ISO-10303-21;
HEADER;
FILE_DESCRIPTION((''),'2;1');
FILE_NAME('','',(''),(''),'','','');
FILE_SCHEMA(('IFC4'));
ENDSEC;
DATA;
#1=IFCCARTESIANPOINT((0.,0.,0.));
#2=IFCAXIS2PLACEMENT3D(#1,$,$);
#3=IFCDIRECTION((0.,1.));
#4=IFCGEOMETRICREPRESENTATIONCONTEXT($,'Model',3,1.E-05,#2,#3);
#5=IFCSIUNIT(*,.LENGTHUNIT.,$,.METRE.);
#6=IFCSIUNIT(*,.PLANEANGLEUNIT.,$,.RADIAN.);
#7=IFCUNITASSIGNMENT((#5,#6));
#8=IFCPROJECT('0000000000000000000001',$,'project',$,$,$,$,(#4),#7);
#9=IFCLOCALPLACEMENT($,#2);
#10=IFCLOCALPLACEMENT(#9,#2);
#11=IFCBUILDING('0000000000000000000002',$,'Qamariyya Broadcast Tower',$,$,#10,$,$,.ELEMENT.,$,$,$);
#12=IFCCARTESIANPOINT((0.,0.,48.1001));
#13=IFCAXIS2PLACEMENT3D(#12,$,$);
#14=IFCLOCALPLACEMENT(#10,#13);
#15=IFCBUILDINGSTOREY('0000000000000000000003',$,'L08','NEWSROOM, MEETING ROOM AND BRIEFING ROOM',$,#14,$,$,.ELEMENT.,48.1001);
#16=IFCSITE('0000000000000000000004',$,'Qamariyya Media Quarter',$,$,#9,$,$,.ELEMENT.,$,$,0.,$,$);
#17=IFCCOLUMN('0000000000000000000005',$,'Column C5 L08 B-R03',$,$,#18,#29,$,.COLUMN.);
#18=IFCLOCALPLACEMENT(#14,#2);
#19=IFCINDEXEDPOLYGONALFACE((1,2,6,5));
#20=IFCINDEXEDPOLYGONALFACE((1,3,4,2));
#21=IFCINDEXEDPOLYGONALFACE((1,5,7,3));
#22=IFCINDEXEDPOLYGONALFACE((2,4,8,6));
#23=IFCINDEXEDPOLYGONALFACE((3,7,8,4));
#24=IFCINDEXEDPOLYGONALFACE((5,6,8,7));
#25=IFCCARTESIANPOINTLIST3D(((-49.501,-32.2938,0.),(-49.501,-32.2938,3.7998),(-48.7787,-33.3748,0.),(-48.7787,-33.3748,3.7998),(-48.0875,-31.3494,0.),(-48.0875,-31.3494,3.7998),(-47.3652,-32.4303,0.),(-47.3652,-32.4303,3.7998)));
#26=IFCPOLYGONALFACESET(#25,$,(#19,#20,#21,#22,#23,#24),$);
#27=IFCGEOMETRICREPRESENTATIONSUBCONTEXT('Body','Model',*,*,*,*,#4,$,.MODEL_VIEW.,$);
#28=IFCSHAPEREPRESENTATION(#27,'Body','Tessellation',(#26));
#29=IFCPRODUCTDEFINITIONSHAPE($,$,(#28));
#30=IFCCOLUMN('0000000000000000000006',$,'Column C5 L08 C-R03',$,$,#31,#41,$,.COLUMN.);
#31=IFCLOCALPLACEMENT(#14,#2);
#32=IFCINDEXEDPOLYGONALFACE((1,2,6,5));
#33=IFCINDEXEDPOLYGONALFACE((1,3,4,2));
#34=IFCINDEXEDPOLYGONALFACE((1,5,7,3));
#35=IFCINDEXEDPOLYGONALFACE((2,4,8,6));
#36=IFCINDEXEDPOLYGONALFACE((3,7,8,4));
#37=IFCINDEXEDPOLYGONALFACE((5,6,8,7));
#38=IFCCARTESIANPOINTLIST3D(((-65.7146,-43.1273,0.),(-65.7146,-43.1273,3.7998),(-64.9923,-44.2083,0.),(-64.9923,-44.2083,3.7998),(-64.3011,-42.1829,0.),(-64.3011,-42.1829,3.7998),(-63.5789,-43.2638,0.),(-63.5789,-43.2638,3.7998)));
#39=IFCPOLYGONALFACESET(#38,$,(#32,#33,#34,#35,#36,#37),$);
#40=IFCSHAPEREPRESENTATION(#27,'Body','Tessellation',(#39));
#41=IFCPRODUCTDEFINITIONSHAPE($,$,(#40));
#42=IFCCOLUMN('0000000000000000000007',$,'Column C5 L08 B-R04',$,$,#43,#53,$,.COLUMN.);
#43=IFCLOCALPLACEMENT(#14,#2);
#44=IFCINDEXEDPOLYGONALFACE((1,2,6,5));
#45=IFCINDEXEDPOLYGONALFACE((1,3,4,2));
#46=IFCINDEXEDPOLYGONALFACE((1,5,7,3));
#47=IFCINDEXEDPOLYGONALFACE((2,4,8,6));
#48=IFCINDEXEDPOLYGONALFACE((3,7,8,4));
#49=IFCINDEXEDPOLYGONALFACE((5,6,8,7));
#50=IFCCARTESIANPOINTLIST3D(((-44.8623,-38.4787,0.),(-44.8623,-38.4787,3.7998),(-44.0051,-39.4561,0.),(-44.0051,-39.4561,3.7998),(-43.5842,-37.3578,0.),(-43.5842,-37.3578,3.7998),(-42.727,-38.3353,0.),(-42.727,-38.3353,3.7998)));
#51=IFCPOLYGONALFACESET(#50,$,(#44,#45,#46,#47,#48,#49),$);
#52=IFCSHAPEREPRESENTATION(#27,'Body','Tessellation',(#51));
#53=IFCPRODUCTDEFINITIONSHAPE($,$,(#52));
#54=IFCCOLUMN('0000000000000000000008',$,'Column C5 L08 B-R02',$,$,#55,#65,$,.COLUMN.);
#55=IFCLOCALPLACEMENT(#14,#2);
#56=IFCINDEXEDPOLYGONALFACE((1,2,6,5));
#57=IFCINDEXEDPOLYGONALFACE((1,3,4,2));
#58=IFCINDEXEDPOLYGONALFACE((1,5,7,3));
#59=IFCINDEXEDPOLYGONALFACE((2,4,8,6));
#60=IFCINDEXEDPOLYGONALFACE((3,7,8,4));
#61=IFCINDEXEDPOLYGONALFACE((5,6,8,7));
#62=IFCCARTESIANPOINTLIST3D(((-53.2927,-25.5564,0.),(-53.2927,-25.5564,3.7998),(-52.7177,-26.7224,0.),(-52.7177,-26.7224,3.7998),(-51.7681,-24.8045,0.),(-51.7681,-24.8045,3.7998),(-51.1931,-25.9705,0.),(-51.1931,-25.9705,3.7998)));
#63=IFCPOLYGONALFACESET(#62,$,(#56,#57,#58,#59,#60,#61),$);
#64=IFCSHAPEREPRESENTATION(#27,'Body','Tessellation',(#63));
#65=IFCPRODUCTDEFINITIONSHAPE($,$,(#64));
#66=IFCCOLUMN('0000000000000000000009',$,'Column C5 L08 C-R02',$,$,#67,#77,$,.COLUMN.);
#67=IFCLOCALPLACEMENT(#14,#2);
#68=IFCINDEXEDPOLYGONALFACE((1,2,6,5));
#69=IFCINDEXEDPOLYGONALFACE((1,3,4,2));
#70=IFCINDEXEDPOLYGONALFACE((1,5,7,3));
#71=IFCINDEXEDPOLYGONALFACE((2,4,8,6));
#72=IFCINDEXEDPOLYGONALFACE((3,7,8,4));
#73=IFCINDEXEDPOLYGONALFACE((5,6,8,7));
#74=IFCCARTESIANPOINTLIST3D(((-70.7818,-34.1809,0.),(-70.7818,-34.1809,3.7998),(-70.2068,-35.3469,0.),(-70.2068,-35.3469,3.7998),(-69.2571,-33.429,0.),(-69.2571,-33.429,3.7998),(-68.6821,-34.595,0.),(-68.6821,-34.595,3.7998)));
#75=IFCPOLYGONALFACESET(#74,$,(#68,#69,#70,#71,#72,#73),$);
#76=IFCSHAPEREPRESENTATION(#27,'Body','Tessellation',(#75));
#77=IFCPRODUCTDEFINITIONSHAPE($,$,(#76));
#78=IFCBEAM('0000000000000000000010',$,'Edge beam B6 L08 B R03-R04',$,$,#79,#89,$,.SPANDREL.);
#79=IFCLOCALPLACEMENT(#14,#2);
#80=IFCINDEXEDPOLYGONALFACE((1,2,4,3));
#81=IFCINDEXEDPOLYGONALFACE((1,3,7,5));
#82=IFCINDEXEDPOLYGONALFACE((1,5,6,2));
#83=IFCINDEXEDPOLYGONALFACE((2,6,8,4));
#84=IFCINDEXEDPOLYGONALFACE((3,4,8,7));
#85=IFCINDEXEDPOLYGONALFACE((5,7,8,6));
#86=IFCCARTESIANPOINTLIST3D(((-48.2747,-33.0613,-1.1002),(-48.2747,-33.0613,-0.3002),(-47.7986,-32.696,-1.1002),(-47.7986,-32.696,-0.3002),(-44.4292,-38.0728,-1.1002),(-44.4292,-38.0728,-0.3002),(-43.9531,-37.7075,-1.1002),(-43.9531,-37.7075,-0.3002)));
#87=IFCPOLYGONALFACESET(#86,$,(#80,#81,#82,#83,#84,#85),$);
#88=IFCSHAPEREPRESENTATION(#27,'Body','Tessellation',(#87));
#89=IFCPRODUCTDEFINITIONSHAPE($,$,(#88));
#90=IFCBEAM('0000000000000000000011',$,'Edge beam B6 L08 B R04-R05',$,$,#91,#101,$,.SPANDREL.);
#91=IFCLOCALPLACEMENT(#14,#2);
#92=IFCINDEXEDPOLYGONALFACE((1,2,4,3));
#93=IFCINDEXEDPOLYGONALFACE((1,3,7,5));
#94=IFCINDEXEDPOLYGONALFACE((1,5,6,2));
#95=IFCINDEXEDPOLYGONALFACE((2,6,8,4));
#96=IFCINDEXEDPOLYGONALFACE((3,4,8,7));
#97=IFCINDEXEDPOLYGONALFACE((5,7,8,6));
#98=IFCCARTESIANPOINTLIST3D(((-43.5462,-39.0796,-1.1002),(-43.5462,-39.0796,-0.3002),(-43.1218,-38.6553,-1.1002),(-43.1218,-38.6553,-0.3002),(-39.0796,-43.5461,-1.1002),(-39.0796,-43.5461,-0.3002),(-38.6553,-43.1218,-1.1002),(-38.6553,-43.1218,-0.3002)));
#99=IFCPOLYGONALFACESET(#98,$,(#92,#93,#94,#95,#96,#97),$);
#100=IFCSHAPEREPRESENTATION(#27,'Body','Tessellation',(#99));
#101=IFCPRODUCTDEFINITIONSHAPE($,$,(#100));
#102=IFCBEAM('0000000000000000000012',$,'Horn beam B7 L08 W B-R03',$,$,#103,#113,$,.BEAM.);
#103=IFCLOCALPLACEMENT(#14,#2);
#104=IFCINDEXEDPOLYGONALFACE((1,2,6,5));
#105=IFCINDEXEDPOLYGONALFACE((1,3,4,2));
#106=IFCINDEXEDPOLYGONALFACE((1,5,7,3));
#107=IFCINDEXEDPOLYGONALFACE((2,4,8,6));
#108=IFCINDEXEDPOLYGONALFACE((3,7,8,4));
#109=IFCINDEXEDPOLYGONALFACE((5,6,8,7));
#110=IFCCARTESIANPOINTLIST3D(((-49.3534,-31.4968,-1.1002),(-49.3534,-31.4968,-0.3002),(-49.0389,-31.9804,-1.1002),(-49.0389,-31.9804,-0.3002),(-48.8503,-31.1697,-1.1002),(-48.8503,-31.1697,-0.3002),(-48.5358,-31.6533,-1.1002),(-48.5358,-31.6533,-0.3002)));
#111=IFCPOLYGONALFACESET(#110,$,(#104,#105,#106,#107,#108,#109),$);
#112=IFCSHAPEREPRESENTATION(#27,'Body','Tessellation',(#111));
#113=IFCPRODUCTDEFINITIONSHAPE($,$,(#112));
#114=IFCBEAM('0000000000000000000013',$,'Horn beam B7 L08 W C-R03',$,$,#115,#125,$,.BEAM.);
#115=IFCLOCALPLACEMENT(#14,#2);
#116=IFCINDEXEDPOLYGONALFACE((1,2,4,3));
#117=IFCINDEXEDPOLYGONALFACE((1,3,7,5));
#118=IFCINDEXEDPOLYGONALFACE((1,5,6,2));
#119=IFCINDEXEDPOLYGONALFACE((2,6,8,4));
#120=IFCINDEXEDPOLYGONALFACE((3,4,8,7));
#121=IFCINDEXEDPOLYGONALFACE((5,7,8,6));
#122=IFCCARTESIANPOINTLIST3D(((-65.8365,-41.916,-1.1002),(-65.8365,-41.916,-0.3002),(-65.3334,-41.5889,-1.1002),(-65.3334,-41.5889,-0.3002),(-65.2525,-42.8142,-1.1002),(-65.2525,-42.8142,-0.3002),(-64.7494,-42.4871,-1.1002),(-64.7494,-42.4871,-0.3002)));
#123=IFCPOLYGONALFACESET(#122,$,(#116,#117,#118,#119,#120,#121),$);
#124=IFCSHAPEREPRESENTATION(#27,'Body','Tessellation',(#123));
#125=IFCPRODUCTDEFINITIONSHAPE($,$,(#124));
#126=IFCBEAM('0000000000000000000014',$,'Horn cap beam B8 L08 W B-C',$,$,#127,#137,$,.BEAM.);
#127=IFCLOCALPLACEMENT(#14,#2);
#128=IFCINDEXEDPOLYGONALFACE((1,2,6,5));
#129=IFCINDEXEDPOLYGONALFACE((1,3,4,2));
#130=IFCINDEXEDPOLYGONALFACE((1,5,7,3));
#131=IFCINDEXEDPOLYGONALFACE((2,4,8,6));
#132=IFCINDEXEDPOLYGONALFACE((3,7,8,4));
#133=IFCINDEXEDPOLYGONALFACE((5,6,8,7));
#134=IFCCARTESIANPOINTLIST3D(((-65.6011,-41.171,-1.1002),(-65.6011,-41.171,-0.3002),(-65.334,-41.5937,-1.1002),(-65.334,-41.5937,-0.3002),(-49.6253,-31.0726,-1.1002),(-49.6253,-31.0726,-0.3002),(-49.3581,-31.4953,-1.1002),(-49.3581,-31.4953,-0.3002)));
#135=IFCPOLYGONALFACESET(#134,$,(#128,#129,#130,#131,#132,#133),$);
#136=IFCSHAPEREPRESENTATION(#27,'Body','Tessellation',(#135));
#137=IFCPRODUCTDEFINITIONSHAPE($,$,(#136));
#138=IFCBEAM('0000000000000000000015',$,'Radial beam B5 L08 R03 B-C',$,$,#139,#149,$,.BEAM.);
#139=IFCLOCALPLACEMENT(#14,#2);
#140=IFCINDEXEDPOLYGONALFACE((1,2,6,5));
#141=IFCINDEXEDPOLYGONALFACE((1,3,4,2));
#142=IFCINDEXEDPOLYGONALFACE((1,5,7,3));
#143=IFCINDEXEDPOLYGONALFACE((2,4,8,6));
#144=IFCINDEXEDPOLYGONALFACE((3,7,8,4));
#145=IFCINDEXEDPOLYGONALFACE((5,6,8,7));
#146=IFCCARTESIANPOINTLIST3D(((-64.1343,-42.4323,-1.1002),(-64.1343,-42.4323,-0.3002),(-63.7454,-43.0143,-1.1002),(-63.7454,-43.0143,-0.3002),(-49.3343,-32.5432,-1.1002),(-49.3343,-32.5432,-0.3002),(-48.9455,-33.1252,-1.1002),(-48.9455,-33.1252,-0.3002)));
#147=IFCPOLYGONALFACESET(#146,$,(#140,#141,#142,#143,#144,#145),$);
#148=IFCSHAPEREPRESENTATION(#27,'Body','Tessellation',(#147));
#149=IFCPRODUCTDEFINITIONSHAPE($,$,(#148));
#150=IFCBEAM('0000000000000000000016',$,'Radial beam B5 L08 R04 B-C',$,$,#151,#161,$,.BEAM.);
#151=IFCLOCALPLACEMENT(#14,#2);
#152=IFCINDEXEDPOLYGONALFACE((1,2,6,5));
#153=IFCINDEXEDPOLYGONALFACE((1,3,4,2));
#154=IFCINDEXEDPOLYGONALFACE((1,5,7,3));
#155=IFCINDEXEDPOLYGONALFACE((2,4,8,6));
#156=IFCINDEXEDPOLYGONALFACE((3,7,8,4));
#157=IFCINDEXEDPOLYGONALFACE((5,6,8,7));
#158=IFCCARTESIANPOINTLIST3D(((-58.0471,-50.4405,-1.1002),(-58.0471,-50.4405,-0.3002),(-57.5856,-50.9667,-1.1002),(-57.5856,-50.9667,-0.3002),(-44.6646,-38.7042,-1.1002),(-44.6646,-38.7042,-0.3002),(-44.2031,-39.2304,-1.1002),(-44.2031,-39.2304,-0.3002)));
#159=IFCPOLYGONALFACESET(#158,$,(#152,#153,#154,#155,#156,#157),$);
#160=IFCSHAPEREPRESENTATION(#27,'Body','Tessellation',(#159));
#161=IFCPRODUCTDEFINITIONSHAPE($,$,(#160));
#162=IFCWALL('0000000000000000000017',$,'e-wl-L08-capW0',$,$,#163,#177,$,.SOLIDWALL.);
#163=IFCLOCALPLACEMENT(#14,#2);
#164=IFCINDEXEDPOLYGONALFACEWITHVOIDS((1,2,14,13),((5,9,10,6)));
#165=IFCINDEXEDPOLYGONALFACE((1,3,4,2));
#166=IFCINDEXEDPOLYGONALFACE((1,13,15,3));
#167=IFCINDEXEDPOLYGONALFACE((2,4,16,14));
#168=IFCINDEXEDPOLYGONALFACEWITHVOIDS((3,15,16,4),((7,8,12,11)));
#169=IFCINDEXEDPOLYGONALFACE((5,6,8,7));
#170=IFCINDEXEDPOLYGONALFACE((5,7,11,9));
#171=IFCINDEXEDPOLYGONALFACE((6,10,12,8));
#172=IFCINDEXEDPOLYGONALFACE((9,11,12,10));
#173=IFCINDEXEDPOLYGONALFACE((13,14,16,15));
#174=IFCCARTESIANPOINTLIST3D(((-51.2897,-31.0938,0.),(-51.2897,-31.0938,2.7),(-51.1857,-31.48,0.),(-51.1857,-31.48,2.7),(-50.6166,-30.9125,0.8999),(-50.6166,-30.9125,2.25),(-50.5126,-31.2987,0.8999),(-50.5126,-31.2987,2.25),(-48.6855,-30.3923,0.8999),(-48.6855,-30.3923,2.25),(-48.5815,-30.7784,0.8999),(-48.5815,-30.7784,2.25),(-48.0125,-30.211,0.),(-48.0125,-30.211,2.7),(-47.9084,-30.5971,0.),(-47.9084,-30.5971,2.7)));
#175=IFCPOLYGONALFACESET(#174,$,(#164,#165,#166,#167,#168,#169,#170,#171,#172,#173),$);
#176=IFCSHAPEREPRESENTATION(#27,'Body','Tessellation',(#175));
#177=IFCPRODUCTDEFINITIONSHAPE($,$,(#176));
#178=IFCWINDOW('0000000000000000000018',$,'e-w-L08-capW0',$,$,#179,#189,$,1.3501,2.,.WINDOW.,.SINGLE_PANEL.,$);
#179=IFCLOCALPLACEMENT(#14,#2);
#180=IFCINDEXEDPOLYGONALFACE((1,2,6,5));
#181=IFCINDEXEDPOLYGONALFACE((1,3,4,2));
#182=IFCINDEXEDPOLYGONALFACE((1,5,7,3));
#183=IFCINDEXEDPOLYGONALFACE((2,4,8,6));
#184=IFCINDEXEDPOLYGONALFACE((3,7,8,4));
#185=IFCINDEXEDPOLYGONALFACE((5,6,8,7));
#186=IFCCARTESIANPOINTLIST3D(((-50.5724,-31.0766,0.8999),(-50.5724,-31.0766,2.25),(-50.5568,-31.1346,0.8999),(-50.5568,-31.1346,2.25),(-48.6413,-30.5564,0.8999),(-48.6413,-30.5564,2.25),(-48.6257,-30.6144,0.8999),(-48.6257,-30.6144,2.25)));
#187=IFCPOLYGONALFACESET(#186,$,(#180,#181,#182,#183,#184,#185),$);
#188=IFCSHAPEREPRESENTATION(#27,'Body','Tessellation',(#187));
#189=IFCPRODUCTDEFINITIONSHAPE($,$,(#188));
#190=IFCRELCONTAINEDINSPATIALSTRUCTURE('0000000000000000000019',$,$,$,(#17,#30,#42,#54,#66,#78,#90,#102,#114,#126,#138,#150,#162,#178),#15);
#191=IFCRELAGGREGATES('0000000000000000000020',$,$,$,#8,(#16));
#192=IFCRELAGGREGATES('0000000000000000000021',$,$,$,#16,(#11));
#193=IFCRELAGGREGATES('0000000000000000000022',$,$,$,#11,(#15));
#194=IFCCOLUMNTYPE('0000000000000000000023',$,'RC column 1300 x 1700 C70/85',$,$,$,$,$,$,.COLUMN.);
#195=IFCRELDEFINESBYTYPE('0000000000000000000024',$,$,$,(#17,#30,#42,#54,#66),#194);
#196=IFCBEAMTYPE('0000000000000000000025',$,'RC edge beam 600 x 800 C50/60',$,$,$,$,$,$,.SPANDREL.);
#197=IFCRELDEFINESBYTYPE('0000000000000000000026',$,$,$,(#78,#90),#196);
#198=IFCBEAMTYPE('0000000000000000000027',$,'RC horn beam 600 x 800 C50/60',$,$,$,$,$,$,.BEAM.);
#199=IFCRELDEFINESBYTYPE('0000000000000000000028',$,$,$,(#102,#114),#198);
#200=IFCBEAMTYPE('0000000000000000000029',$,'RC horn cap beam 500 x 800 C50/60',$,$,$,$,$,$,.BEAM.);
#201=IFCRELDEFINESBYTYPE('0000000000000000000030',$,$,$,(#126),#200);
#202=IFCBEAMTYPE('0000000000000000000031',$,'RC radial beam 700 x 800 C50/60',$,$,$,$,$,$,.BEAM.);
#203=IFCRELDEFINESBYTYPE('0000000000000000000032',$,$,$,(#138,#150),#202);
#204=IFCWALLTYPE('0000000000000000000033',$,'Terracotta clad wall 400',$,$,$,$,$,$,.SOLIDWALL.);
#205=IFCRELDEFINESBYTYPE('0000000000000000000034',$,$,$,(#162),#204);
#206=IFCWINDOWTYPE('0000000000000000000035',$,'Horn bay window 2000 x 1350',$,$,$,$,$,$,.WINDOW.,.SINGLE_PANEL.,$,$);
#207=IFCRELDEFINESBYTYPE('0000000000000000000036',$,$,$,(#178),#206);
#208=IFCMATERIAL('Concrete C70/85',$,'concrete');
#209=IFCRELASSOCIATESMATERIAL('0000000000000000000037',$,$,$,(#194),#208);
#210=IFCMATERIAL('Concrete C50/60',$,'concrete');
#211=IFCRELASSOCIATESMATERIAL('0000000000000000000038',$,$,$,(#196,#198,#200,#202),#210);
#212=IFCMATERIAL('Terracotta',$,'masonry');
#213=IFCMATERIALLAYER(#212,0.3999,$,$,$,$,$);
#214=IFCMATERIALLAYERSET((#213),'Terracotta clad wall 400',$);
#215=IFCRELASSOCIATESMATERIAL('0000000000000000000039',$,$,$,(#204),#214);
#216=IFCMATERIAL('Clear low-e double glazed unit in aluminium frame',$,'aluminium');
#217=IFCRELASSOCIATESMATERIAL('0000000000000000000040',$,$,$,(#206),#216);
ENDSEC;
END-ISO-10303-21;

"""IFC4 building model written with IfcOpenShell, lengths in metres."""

from ifc_helpers import new_model, si_unit, direction, frame, frame_2d, origin, origin_2d, place, context, subcontext, project, spatial, rectangle, extrude, material, layer, layer_set, material_profile, profile_set, type_object, element, fill, save


model = new_model("IFC4")

# Units and contexts
model_context = context("Model", 3, precision=1e-05, world=origin(), true_north=direction((0.0, 1.0)))
body_context = subcontext(model_context, "Body", "Model", "MODEL_VIEW")
ifc_project = project(units=[si_unit("LENGTHUNIT", "METRE"), si_unit("PLANEANGLEUNIT", "RADIAN")], contexts=[model_context])

# Site, building, storey
site_placement = place(None, origin())
site = spatial("IfcSite", under=ifc_project, at=site_placement, Name="Qamariyya Media Quarter", CompositionType="ELEMENT", RefElevation=0.0)
building_placement = place(site_placement, origin())
building = spatial("IfcBuilding", under=site, at=building_placement, Name="Qamariyya Broadcast Tower", CompositionType="ELEMENT")
storey_placement = place(building_placement, frame((0.0, 0.0, 48.1001)))
storey = spatial("IfcBuildingStorey", under=building, at=storey_placement, Name="L08", Description="NEWSROOM, MEETING ROOM AND BRIEFING ROOM", CompositionType="ELEMENT", Elevation=48.1001)

# Columns
ifc_material_1 = material(Name="Concrete C70/85", Category="concrete")
ifc_material_profile_1 = material_profile(ifc_material_1, rectangle(XDim=1.3, YDim=1.7, at=origin_2d()))
ifc_profile_set_1 = profile_set([ifc_material_profile_1], Name="Concrete C70/85")
column_type = type_object("IfcColumnType", Name="RC column 1300 x 1700 C70/85", PredefinedType="COLUMN", material=ifc_profile_set_1)
for number, where, z_axis, x_axis, name in (
    (1, (-48.4331, -32.3621, 0.0), (0.0, 0.0, 1.0), (0.55557, -0.83147, 0.0), "Column C5 L08 B-R03"),
    (2, (-64.6467, -43.1956, 0.0), (0.0, 0.0, 1.0), (0.55557, -0.83147, 0.0), "Column C5 L08 C-R03"),
    (3, (-43.7947, -38.407, 0.0), (0.0, 0.0, 1.0), (0.659346, -0.75184, 0.0), "Column C5 L08 B-R04"),
    (4, (-52.2429, -25.7634, 0.0), (0.0, 0.0, 1.0), (0.442289, -0.896873, 0.0), "Column C5 L08 B-R02"),
    (5, (-69.7319, -34.3879, 0.0), (0.0, 0.0, 1.0), (0.442289, -0.896873, 0.0), "Column C5 L08 C-R02"),
):
    element("IfcColumn", number, at=place(storey_placement, frame(where, z_axis=z_axis, x_axis=x_axis)), inside=storey, type_object=column_type, Name=name, PredefinedType="COLUMN", context=body_context, shape_type="SweptSolid", body=[
        extrude(rectangle(XDim=1.3, YDim=1.7, at=origin_2d()), origin(), (0.0, 0.0, 1.0), 3.7998),
    ])

# Beams
ifc_material_2 = material(Name="Concrete C50/60", Category="concrete")
ifc_material_profile_2 = material_profile(ifc_material_2, rectangle(XDim=0.6001, YDim=0.8, at=origin_2d()))
ifc_profile_set_2 = profile_set([ifc_material_profile_2], Name="Concrete C50/60")
beam_type_1 = type_object("IfcBeamType", Name="RC edge beam 600 x 800 C50/60", PredefinedType="SPANDREL", material=ifc_profile_set_2)
beam_1_placement = place(storey_placement, frame((-48.0366, -32.8787, -0.7002), z_axis=(0.608763, -0.793352, 0.0), x_axis=(0.793352, 0.608763, 0.0)))
element("IfcBeam", 6, at=beam_1_placement, inside=storey, type_object=beam_type_1, Name="Edge beam B6 L08 B R03-R04", PredefinedType="SPANDREL", context=body_context, shape_type="SweptSolid", body=[
    extrude(rectangle(XDim=0.6001, YDim=0.8, at=origin_2d()), origin(), (0.0, 0.0, 1.0), 6.3169),
])
beam_2_placement = place(storey_placement, frame((-43.334, -38.8674, -0.7002), z_axis=(0.707107, -0.707107, 0.0), x_axis=(0.707107, 0.707107, 0.0)))
element("IfcBeam", 7, at=beam_2_placement, inside=storey, type_object=beam_type_1, Name="Edge beam B6 L08 B R04-R05", PredefinedType="SPANDREL", context=body_context, shape_type="SweptSolid", body=[
    extrude(rectangle(XDim=0.6001, YDim=0.8, at=origin_2d()), origin(), (0.0, 0.0, 1.0), 6.3167),
])
ifc_material_profile_3 = material_profile(ifc_material_2, rectangle(XDim=0.6001, YDim=0.8, at=origin_2d()))
ifc_profile_set_3 = profile_set([ifc_material_profile_3], Name="Concrete C50/60")
beam_type_2 = type_object("IfcBeamType", Name="RC horn beam 600 x 800 C50/60", PredefinedType="BEAM", material=ifc_profile_set_3)
beam_3_placement = place(storey_placement, frame((-48.7874, -31.8169, -0.7002), z_axis=(-0.545092, 0.838376, 0.0), x_axis=(-0.838376, -0.545092, 0.0)))
element("IfcBeam", 8, at=beam_3_placement, inside=storey, type_object=beam_type_2, Name="Horn beam B7 L08 W B-R03", PredefinedType="BEAM", context=body_context, shape_type="SweptSolid", body=[
    extrude(rectangle(XDim=0.6001, YDim=0.8, at=origin_2d()), origin(), (0.0, 0.0, 1.0), 0.5769),
])
beam_4_placement = place(storey_placement, frame((-65.001, -42.6506, -0.7002), z_axis=(-0.545092, 0.838376, 0.0), x_axis=(-0.838376, -0.545092, 0.0)))
element("IfcBeam", 9, at=beam_4_placement, inside=storey, type_object=beam_type_2, Name="Horn beam B7 L08 W C-R03", PredefinedType="BEAM", context=body_context, shape_type="SweptSolid", body=[
    extrude(rectangle(XDim=0.6001, YDim=0.8, at=origin_2d()), origin(), (0.0, 0.0, 1.0), 1.0713),
])
ifc_material_profile_4 = material_profile(ifc_material_2, rectangle(XDim=0.5, YDim=0.8, at=origin_2d()))
ifc_profile_set_4 = profile_set([ifc_material_profile_4], Name="Concrete C50/60")
beam_type_3 = type_object("IfcBeamType", Name="RC horn cap beam 500 x 800 C50/60", PredefinedType="BEAM", material=ifc_profile_set_4)
beam_5_placement = place(storey_placement, frame((-49.4917, -31.2839, -0.7002), z_axis=(-0.845288, -0.53431, 0.0), x_axis=(0.53431, -0.845288, 0.0)))
element("IfcBeam", 10, at=beam_5_placement, inside=storey, type_object=beam_type_3, Name="Horn cap beam B8 L08 W B-C", PredefinedType="BEAM", context=body_context, shape_type="SweptSolid", body=[
    extrude(rectangle(XDim=0.5, YDim=0.8, at=origin_2d()), origin(), (0.0, 0.0, 1.0), 18.8999),
])
ifc_material_profile_5 = material_profile(ifc_material_2, rectangle(XDim=0.7, YDim=0.8, at=origin_2d()))
ifc_profile_set_5 = profile_set([ifc_material_profile_5], Name="Concrete C50/60")
beam_type_4 = type_object("IfcBeamType", Name="RC radial beam 700 x 800 C50/60", PredefinedType="BEAM", material=ifc_profile_set_5)
for number, where, z_axis, x_axis, name in (
    (11, (-49.1399, -32.8342, -0.7002), (-0.831467, -0.555573, 0.0), (0.555573, -0.831467, 0.0), "Radial beam B5 L08 R03 B-C"),
    (12, (-44.4338, -38.9673, -0.7002), (-0.751836, -0.65935, 0.0), (0.65935, -0.751836, 0.0), "Radial beam B5 L08 R04 B-C"),
):
    element("IfcBeam", number, at=place(storey_placement, frame(where, z_axis=z_axis, x_axis=x_axis)), inside=storey, type_object=beam_type_4, Name=name, PredefinedType="BEAM", context=body_context, shape_type="SweptSolid", body=[
        extrude(rectangle(XDim=0.7, YDim=0.8, at=origin_2d()), origin(), (0.0, 0.0, 1.0), 17.7998),
    ])

# Wall, opening, window
ifc_material_3 = material(Name="Terracotta", Category="masonry")
ifc_layer = layer(ifc_material_3, 0.3999)
ifc_layer_set = layer_set([ifc_layer], Name="Terracotta clad wall 400")
wall_type = type_object("IfcWallType", Name="Terracotta clad wall 400", PredefinedType="SOLIDWALL", material=ifc_layer_set)
wall_1_placement = place(storey_placement, frame((-47.9604, -30.4041, 0.0), z_axis=(0.0, 0.0, 1.0), x_axis=(-0.965578, -0.260115, 0.0)))
wall_1 = element("IfcWall", 13, at=wall_1_placement, inside=storey, type_object=wall_type, Name="e-wl-L08-capW0", PredefinedType="SOLIDWALL", context=body_context, shape_type="SweptSolid", body=[
    extrude(rectangle(XDim=3.394, YDim=0.3999, at=frame_2d((1.697, 0.0))), origin(), (0.0, 0.0, 1.0), 2.7),
])
opening_1_placement = place(wall_1_placement, frame((0.697, 0.0, 0.8999)))
opening_1 = element("IfcOpeningElement", 14, at=opening_1_placement, cuts=wall_1, PredefinedType="OPENING", context=body_context, shape_type="SweptSolid", body=[
    extrude(rectangle(XDim=2.0, YDim=1.3501, at=frame_2d((1.0, 0.675))), frame((0.0, 0.21, 0.0), z_axis=(0.0, -1.0, 0.0), x_axis=(1.0, 0.0, 0.0)), (0.0, 0.0, 1.0), 0.4199),
])
ifc_material_4 = material(Name="Clear low-e double glazed unit in aluminium frame", Category="aluminium")
window_type_1 = type_object("IfcWindowType", Name="Horn bay window 2000 x 1350", PartitioningType="SINGLE_PANEL", PredefinedType="WINDOW", material=ifc_material_4)
window_1_placement = place(opening_1_placement, origin())
window_1 = element("IfcWindow", 15, at=window_1_placement, inside=storey, type_object=window_type_1, Name="e-w-L08-capW0", OverallHeight=1.3501, OverallWidth=2.0, PartitioningType="SINGLE_PANEL", PredefinedType="WINDOW", context=body_context, shape_type="SweptSolid", body=[
    extrude(rectangle(XDim=2.0, YDim=1.3501, at=frame_2d((1.0, 0.675))), frame((0.0, 0.03, 0.0), z_axis=(0.0, -1.0, 0.0), x_axis=(1.0, 0.0, 0.0)), (0.0, 0.0, 1.0), 0.0601),
])
fill(opening_1, window_1)

save(model, "model.ifc")
